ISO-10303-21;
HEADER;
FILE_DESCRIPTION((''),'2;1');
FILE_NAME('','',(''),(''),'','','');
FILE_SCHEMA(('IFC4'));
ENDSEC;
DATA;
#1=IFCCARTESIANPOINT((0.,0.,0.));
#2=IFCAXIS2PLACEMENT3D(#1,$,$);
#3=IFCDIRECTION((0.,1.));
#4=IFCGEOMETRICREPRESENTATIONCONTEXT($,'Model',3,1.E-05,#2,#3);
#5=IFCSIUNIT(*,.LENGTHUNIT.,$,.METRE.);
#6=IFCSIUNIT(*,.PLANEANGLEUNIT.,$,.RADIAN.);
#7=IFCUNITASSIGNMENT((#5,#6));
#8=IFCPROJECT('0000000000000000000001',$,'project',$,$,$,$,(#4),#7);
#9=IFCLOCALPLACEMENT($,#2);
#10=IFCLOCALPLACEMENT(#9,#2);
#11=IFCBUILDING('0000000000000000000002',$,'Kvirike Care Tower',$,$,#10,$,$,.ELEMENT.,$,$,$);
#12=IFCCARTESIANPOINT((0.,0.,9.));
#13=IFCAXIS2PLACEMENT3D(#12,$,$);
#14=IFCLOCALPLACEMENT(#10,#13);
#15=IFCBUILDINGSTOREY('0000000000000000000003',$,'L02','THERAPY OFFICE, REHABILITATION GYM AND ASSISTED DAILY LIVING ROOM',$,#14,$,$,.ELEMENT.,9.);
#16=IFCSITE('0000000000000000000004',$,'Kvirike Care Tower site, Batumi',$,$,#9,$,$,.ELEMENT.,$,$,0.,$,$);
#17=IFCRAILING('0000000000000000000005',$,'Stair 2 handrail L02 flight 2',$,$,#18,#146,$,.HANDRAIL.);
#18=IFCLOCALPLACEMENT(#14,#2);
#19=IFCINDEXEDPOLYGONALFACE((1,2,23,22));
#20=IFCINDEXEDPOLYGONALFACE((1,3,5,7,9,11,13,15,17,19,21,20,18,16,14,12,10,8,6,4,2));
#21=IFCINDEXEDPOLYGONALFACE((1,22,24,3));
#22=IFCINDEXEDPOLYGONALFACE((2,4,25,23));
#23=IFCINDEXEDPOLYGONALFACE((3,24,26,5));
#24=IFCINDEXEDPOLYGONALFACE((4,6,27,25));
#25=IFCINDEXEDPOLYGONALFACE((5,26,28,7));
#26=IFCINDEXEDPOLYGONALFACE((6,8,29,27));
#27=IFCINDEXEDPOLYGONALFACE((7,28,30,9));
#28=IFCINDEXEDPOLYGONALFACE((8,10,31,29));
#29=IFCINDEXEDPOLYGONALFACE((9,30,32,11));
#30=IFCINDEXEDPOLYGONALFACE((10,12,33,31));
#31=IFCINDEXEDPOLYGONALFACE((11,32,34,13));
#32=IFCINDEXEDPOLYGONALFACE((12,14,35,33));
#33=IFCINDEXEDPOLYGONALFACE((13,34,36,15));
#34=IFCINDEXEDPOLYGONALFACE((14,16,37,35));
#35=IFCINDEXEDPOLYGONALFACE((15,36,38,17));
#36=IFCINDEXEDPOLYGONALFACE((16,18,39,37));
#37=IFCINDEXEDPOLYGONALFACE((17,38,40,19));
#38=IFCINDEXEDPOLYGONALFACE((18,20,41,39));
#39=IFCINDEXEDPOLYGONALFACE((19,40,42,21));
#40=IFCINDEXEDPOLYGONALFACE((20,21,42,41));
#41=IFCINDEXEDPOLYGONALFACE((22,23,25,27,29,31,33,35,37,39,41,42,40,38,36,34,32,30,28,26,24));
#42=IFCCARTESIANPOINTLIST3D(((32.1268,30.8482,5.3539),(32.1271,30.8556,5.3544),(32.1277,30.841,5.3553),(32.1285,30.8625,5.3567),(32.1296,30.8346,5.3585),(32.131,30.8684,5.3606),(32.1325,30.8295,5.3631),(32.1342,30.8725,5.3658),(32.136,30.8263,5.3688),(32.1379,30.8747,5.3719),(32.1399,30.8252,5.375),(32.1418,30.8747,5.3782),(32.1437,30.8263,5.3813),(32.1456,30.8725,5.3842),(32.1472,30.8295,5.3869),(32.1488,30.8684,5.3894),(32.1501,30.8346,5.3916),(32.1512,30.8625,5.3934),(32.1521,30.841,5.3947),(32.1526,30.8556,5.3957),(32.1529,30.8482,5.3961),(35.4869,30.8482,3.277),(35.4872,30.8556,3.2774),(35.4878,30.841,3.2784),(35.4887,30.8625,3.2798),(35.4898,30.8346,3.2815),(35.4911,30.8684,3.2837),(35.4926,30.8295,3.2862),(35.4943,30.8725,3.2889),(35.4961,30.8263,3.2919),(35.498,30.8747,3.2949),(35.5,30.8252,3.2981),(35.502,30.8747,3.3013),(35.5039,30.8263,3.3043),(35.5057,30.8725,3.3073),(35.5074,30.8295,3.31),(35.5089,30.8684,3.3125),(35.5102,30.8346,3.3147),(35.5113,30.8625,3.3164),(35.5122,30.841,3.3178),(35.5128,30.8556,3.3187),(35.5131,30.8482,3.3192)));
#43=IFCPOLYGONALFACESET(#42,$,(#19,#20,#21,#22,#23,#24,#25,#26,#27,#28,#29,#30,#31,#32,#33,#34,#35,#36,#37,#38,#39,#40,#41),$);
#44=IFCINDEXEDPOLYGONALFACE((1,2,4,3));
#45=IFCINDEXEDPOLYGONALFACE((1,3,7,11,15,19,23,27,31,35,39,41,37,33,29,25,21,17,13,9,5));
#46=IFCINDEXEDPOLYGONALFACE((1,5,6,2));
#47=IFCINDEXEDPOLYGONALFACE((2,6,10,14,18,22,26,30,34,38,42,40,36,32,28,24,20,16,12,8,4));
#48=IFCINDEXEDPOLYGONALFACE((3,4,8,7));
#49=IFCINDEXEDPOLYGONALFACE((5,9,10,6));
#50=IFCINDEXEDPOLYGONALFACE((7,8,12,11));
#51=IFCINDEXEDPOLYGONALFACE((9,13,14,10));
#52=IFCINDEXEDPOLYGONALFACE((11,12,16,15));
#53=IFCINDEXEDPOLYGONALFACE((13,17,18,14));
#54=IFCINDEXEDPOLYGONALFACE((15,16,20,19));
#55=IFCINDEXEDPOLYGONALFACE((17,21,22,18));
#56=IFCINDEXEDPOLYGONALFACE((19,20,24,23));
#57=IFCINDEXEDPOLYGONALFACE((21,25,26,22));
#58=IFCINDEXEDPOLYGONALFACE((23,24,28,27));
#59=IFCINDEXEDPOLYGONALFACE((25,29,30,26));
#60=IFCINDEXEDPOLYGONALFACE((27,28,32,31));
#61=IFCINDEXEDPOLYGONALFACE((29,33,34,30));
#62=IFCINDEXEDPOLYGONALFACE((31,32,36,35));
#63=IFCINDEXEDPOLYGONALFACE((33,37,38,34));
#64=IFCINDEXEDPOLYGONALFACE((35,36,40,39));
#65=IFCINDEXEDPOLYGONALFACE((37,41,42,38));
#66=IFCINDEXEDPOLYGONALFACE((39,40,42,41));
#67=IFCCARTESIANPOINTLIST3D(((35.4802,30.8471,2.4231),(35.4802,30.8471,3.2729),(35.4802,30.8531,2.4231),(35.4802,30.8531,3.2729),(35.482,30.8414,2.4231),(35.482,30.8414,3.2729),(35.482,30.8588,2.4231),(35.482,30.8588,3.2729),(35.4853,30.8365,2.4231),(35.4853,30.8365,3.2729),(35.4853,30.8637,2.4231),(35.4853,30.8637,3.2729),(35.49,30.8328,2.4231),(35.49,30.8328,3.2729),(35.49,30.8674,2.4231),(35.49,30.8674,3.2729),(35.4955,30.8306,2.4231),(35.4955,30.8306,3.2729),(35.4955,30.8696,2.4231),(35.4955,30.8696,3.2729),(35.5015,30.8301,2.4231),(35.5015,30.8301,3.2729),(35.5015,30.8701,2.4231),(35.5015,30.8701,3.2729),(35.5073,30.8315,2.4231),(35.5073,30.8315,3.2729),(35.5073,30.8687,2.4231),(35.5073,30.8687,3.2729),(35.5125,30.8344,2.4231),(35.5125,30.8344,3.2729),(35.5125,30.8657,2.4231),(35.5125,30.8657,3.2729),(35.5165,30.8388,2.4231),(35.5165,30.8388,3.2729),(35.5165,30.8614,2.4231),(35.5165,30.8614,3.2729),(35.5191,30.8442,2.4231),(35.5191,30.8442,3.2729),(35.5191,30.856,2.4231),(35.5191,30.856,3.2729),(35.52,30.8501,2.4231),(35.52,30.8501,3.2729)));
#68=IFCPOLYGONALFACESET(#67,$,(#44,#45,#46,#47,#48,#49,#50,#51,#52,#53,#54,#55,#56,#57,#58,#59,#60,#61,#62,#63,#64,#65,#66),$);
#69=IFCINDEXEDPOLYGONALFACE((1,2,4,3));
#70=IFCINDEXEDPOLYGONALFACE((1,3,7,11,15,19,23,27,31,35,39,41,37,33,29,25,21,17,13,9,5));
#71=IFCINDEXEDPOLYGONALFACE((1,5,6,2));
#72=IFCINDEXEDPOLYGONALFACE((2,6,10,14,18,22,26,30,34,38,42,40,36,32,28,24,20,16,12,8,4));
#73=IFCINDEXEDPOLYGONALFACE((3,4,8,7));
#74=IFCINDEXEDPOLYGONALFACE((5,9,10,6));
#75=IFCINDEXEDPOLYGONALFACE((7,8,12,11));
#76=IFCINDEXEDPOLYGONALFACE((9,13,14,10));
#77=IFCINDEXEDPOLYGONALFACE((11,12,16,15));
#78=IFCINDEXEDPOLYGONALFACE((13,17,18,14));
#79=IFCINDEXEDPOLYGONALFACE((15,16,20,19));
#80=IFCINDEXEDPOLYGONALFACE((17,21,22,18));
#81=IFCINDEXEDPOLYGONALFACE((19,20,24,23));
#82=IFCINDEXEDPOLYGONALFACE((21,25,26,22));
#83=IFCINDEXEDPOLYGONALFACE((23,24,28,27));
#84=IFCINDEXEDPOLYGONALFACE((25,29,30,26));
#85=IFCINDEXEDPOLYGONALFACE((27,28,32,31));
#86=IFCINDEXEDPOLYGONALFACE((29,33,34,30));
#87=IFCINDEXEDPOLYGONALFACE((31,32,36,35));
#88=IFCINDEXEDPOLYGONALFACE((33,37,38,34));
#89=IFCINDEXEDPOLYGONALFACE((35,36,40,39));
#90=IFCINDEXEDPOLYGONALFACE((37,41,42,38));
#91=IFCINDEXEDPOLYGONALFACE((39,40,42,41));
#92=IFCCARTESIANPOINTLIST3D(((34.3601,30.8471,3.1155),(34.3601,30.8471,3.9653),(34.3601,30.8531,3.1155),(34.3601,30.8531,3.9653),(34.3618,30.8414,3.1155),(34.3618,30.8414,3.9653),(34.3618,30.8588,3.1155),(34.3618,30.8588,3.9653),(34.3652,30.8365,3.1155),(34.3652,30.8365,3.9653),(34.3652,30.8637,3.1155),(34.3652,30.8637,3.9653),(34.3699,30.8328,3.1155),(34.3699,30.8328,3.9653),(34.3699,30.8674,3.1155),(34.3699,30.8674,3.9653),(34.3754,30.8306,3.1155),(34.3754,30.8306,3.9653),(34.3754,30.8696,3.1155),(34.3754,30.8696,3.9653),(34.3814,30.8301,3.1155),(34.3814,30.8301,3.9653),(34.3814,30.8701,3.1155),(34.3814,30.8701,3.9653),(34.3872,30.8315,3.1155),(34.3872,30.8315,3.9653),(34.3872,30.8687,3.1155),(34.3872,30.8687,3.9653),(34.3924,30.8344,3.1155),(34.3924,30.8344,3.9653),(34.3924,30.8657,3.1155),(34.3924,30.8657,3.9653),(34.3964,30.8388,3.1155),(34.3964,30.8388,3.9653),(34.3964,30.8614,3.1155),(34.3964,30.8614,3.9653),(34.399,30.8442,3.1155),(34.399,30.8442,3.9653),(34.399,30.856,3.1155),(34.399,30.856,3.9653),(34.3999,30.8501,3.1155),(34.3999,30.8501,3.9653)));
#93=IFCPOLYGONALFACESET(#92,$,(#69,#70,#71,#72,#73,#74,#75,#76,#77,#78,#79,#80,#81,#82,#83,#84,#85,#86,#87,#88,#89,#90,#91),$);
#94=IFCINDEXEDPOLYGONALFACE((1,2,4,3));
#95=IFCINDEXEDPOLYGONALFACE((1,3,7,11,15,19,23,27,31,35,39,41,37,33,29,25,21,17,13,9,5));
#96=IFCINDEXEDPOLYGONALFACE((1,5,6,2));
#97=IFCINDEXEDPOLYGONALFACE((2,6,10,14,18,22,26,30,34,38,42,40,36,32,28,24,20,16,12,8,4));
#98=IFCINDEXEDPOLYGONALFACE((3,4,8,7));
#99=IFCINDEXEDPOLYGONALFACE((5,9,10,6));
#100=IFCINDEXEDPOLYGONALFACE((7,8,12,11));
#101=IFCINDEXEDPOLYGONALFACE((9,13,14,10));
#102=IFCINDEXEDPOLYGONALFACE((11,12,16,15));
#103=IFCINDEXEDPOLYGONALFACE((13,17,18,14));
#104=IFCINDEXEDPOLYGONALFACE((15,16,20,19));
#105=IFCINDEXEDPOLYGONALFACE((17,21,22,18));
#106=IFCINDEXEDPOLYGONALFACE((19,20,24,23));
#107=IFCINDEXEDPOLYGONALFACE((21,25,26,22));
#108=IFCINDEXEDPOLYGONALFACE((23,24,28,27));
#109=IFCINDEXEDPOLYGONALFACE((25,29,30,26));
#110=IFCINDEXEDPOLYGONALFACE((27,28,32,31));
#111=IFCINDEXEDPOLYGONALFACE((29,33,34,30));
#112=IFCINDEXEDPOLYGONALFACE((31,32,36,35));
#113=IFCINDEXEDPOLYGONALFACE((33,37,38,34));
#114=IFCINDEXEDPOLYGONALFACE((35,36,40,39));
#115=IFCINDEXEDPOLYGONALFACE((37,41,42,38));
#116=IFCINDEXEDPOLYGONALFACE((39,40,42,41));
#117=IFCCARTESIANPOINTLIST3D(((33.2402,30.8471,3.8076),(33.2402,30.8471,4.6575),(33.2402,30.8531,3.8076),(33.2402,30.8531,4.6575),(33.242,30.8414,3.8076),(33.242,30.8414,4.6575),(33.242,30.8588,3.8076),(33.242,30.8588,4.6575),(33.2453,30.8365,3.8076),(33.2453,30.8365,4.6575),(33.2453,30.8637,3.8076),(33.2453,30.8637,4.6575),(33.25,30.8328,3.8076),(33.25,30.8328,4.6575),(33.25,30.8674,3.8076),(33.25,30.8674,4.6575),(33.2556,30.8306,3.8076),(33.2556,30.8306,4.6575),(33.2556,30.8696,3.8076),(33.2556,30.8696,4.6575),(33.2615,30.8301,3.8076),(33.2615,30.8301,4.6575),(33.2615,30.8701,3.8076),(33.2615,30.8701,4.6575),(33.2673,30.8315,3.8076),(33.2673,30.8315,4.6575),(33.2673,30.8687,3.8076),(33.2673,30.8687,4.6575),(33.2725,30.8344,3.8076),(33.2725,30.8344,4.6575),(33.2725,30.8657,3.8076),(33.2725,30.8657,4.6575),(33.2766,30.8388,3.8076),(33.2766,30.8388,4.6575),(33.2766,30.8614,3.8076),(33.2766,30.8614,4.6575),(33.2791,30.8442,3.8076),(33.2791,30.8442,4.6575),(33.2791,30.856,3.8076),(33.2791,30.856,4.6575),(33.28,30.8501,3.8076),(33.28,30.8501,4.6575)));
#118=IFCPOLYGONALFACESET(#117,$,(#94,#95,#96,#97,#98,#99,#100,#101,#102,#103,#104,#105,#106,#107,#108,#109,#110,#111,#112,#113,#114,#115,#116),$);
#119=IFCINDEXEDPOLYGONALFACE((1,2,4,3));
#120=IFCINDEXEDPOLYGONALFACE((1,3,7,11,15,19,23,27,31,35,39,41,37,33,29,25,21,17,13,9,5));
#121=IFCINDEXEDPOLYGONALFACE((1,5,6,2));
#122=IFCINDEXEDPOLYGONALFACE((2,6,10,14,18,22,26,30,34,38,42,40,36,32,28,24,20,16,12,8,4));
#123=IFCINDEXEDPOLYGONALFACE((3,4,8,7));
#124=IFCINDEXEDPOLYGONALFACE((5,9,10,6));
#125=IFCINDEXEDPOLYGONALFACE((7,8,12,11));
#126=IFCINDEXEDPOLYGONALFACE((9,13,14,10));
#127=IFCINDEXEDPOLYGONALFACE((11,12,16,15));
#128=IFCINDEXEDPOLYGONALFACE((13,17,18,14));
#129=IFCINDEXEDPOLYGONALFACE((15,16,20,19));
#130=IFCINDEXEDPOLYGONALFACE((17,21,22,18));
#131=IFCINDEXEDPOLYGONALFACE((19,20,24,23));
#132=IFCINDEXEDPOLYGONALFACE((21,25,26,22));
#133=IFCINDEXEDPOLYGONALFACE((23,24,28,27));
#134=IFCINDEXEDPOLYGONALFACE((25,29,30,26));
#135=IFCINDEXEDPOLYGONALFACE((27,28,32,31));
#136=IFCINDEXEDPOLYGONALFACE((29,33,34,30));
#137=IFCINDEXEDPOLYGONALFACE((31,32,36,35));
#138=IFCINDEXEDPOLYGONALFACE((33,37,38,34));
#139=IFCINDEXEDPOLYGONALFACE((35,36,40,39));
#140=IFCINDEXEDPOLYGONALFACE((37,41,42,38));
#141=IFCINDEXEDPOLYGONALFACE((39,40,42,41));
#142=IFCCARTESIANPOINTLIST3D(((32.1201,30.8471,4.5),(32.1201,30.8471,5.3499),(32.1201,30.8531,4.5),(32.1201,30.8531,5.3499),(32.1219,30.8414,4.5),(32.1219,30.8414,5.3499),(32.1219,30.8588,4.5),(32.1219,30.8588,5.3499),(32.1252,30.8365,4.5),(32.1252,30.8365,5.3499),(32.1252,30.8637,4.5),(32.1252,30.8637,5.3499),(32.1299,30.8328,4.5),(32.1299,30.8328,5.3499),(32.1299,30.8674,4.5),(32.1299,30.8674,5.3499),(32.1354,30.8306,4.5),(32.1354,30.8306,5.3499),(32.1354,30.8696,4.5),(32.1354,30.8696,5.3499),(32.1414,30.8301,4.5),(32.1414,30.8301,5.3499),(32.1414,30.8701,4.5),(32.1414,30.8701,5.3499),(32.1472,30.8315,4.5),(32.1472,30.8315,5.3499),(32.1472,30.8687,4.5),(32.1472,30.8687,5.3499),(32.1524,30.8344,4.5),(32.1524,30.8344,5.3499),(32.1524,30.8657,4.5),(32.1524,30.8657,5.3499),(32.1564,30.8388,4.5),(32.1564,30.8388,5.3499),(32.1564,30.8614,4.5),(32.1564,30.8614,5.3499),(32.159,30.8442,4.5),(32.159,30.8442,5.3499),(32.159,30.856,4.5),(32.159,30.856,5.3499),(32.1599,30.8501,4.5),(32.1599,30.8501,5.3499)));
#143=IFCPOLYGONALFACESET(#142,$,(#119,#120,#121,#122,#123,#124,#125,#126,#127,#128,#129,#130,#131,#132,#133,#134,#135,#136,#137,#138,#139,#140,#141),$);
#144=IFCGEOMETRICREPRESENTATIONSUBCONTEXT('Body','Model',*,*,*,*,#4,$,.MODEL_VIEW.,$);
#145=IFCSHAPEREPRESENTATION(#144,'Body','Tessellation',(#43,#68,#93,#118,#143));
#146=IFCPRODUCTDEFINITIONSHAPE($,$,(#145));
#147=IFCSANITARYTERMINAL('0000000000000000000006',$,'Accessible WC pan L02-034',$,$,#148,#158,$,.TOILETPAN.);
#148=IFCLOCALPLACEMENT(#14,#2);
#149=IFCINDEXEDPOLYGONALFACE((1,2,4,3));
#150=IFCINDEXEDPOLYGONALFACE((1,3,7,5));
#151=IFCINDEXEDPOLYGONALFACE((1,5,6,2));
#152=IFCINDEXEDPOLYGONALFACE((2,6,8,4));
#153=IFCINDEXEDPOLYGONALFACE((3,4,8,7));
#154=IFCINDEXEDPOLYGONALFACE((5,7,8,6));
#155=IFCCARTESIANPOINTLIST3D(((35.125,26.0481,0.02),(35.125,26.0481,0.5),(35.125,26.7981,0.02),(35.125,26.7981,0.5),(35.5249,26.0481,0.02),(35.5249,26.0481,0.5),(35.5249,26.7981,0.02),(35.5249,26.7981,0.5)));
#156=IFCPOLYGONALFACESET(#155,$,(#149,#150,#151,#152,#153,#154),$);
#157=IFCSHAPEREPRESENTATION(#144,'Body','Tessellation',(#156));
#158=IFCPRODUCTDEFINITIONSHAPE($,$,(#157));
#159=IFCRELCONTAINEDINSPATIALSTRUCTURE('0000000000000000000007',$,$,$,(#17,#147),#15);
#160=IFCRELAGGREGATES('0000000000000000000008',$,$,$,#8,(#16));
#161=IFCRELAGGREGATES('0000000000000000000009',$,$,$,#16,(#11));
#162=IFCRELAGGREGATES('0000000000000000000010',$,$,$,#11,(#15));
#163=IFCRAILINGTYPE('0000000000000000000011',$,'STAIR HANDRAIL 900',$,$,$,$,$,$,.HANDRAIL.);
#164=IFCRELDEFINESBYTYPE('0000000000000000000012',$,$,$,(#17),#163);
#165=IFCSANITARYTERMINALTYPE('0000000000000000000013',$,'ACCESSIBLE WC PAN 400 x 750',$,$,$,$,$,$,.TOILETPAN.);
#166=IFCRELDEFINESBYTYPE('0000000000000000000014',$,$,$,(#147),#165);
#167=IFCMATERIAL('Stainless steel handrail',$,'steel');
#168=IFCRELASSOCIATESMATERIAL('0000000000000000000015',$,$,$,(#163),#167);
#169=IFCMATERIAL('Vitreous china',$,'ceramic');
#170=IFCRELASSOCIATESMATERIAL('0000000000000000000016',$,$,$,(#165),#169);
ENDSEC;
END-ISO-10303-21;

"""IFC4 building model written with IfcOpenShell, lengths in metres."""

from ifc_helpers import new_model, si_unit, direction, frame, origin, origin_2d, place, context, subcontext, project, spatial, rectangle, circle, extrude, material, type_object, element, save


model = new_model("IFC4")

# Units and contexts
model_context = context("Model", 3, precision=1e-05, world=origin(), true_north=direction((0.0, 1.0)))
body_context = subcontext(model_context, "Body", "Model", "MODEL_VIEW")
ifc_project = project(units=[si_unit("LENGTHUNIT", "METRE"), si_unit("PLANEANGLEUNIT", "RADIAN")], contexts=[model_context])

# Site, building, storey
site_placement = place(None, origin())
site = spatial("IfcSite", under=ifc_project, at=site_placement, Name="Kvirike Care Tower site, Batumi", CompositionType="ELEMENT", RefElevation=0.0)
building_placement = place(site_placement, origin())
building = spatial("IfcBuilding", under=site, at=building_placement, Name="Kvirike Care Tower", CompositionType="ELEMENT")
storey_placement = place(building_placement, frame((0.0, 0.0, 9.0)))
storey = spatial("IfcBuildingStorey", under=building, at=storey_placement, Name="L02", Description="THERAPY OFFICE, REHABILITATION GYM AND ASSISTED DAILY LIVING ROOM", CompositionType="ELEMENT", Elevation=9.0)

# Railing
ifc_material_1 = material(Name="Stainless steel handrail", Category="steel")
railing_type = type_object("IfcRailingType", Name="STAIR HANDRAIL 900", PredefinedType="HANDRAIL", material=ifc_material_1)
railing_1_placement = place(storey_placement, frame((35.5, 30.8501, 2.4231)))
element("IfcRailing", 1, at=railing_1_placement, inside=storey, type_object=railing_type, Name="Stair 2 handrail L02 flight 2", PredefinedType="HANDRAIL", context=body_context, shape_type="SweptSolid", body=[
    extrude(circle(Radius=0.0249, at=origin_2d()), frame((0.0, 0.0, 0.875), z_axis=(-0.850623, 0.0, 0.525776), x_axis=(0.0, -1.0, 0.0)), (0.0, 0.0, 1.0), 3.9502),
    extrude(circle(Radius=0.02, at=origin_2d()), origin(), (0.0, 0.0, 1.0), 0.8499),
    extrude(circle(Radius=0.02, at=origin_2d()), frame((-1.1201, 0.0, 0.6924)), (0.0, 0.0, 1.0), 0.8499),
    extrude(circle(Radius=0.02, at=origin_2d()), frame((-2.24, 0.0, 1.3845)), (0.0, 0.0, 1.0), 0.8499),
    extrude(circle(Radius=0.02, at=origin_2d()), frame((-3.3601, 0.0, 2.0769)), (0.0, 0.0, 1.0), 0.8499),
])

# Sanitary terminal
ifc_material_2 = material(Name="Vitreous china", Category="ceramic")
sanitary_terminal_type = type_object("IfcSanitaryTerminalType", Name="ACCESSIBLE WC PAN 400 x 750", PredefinedType="TOILETPAN", material=ifc_material_2)
sanitary_terminal_placement = place(storey_placement, frame((35.325, 26.4231, 0.02), z_axis=(0.0, 0.0, 1.0), x_axis=(1.0, 0.0, 0.0)))
element("IfcSanitaryTerminal", 2, at=sanitary_terminal_placement, inside=storey, type_object=sanitary_terminal_type, Name="Accessible WC pan L02-034", PredefinedType="TOILETPAN", context=body_context, shape_type="SweptSolid", body=[
    extrude(rectangle(XDim=0.3999, YDim=0.75, at=origin_2d()), origin(), (0.0, 0.0, 1.0), 0.48),
])

save(model, "model.ifc")
